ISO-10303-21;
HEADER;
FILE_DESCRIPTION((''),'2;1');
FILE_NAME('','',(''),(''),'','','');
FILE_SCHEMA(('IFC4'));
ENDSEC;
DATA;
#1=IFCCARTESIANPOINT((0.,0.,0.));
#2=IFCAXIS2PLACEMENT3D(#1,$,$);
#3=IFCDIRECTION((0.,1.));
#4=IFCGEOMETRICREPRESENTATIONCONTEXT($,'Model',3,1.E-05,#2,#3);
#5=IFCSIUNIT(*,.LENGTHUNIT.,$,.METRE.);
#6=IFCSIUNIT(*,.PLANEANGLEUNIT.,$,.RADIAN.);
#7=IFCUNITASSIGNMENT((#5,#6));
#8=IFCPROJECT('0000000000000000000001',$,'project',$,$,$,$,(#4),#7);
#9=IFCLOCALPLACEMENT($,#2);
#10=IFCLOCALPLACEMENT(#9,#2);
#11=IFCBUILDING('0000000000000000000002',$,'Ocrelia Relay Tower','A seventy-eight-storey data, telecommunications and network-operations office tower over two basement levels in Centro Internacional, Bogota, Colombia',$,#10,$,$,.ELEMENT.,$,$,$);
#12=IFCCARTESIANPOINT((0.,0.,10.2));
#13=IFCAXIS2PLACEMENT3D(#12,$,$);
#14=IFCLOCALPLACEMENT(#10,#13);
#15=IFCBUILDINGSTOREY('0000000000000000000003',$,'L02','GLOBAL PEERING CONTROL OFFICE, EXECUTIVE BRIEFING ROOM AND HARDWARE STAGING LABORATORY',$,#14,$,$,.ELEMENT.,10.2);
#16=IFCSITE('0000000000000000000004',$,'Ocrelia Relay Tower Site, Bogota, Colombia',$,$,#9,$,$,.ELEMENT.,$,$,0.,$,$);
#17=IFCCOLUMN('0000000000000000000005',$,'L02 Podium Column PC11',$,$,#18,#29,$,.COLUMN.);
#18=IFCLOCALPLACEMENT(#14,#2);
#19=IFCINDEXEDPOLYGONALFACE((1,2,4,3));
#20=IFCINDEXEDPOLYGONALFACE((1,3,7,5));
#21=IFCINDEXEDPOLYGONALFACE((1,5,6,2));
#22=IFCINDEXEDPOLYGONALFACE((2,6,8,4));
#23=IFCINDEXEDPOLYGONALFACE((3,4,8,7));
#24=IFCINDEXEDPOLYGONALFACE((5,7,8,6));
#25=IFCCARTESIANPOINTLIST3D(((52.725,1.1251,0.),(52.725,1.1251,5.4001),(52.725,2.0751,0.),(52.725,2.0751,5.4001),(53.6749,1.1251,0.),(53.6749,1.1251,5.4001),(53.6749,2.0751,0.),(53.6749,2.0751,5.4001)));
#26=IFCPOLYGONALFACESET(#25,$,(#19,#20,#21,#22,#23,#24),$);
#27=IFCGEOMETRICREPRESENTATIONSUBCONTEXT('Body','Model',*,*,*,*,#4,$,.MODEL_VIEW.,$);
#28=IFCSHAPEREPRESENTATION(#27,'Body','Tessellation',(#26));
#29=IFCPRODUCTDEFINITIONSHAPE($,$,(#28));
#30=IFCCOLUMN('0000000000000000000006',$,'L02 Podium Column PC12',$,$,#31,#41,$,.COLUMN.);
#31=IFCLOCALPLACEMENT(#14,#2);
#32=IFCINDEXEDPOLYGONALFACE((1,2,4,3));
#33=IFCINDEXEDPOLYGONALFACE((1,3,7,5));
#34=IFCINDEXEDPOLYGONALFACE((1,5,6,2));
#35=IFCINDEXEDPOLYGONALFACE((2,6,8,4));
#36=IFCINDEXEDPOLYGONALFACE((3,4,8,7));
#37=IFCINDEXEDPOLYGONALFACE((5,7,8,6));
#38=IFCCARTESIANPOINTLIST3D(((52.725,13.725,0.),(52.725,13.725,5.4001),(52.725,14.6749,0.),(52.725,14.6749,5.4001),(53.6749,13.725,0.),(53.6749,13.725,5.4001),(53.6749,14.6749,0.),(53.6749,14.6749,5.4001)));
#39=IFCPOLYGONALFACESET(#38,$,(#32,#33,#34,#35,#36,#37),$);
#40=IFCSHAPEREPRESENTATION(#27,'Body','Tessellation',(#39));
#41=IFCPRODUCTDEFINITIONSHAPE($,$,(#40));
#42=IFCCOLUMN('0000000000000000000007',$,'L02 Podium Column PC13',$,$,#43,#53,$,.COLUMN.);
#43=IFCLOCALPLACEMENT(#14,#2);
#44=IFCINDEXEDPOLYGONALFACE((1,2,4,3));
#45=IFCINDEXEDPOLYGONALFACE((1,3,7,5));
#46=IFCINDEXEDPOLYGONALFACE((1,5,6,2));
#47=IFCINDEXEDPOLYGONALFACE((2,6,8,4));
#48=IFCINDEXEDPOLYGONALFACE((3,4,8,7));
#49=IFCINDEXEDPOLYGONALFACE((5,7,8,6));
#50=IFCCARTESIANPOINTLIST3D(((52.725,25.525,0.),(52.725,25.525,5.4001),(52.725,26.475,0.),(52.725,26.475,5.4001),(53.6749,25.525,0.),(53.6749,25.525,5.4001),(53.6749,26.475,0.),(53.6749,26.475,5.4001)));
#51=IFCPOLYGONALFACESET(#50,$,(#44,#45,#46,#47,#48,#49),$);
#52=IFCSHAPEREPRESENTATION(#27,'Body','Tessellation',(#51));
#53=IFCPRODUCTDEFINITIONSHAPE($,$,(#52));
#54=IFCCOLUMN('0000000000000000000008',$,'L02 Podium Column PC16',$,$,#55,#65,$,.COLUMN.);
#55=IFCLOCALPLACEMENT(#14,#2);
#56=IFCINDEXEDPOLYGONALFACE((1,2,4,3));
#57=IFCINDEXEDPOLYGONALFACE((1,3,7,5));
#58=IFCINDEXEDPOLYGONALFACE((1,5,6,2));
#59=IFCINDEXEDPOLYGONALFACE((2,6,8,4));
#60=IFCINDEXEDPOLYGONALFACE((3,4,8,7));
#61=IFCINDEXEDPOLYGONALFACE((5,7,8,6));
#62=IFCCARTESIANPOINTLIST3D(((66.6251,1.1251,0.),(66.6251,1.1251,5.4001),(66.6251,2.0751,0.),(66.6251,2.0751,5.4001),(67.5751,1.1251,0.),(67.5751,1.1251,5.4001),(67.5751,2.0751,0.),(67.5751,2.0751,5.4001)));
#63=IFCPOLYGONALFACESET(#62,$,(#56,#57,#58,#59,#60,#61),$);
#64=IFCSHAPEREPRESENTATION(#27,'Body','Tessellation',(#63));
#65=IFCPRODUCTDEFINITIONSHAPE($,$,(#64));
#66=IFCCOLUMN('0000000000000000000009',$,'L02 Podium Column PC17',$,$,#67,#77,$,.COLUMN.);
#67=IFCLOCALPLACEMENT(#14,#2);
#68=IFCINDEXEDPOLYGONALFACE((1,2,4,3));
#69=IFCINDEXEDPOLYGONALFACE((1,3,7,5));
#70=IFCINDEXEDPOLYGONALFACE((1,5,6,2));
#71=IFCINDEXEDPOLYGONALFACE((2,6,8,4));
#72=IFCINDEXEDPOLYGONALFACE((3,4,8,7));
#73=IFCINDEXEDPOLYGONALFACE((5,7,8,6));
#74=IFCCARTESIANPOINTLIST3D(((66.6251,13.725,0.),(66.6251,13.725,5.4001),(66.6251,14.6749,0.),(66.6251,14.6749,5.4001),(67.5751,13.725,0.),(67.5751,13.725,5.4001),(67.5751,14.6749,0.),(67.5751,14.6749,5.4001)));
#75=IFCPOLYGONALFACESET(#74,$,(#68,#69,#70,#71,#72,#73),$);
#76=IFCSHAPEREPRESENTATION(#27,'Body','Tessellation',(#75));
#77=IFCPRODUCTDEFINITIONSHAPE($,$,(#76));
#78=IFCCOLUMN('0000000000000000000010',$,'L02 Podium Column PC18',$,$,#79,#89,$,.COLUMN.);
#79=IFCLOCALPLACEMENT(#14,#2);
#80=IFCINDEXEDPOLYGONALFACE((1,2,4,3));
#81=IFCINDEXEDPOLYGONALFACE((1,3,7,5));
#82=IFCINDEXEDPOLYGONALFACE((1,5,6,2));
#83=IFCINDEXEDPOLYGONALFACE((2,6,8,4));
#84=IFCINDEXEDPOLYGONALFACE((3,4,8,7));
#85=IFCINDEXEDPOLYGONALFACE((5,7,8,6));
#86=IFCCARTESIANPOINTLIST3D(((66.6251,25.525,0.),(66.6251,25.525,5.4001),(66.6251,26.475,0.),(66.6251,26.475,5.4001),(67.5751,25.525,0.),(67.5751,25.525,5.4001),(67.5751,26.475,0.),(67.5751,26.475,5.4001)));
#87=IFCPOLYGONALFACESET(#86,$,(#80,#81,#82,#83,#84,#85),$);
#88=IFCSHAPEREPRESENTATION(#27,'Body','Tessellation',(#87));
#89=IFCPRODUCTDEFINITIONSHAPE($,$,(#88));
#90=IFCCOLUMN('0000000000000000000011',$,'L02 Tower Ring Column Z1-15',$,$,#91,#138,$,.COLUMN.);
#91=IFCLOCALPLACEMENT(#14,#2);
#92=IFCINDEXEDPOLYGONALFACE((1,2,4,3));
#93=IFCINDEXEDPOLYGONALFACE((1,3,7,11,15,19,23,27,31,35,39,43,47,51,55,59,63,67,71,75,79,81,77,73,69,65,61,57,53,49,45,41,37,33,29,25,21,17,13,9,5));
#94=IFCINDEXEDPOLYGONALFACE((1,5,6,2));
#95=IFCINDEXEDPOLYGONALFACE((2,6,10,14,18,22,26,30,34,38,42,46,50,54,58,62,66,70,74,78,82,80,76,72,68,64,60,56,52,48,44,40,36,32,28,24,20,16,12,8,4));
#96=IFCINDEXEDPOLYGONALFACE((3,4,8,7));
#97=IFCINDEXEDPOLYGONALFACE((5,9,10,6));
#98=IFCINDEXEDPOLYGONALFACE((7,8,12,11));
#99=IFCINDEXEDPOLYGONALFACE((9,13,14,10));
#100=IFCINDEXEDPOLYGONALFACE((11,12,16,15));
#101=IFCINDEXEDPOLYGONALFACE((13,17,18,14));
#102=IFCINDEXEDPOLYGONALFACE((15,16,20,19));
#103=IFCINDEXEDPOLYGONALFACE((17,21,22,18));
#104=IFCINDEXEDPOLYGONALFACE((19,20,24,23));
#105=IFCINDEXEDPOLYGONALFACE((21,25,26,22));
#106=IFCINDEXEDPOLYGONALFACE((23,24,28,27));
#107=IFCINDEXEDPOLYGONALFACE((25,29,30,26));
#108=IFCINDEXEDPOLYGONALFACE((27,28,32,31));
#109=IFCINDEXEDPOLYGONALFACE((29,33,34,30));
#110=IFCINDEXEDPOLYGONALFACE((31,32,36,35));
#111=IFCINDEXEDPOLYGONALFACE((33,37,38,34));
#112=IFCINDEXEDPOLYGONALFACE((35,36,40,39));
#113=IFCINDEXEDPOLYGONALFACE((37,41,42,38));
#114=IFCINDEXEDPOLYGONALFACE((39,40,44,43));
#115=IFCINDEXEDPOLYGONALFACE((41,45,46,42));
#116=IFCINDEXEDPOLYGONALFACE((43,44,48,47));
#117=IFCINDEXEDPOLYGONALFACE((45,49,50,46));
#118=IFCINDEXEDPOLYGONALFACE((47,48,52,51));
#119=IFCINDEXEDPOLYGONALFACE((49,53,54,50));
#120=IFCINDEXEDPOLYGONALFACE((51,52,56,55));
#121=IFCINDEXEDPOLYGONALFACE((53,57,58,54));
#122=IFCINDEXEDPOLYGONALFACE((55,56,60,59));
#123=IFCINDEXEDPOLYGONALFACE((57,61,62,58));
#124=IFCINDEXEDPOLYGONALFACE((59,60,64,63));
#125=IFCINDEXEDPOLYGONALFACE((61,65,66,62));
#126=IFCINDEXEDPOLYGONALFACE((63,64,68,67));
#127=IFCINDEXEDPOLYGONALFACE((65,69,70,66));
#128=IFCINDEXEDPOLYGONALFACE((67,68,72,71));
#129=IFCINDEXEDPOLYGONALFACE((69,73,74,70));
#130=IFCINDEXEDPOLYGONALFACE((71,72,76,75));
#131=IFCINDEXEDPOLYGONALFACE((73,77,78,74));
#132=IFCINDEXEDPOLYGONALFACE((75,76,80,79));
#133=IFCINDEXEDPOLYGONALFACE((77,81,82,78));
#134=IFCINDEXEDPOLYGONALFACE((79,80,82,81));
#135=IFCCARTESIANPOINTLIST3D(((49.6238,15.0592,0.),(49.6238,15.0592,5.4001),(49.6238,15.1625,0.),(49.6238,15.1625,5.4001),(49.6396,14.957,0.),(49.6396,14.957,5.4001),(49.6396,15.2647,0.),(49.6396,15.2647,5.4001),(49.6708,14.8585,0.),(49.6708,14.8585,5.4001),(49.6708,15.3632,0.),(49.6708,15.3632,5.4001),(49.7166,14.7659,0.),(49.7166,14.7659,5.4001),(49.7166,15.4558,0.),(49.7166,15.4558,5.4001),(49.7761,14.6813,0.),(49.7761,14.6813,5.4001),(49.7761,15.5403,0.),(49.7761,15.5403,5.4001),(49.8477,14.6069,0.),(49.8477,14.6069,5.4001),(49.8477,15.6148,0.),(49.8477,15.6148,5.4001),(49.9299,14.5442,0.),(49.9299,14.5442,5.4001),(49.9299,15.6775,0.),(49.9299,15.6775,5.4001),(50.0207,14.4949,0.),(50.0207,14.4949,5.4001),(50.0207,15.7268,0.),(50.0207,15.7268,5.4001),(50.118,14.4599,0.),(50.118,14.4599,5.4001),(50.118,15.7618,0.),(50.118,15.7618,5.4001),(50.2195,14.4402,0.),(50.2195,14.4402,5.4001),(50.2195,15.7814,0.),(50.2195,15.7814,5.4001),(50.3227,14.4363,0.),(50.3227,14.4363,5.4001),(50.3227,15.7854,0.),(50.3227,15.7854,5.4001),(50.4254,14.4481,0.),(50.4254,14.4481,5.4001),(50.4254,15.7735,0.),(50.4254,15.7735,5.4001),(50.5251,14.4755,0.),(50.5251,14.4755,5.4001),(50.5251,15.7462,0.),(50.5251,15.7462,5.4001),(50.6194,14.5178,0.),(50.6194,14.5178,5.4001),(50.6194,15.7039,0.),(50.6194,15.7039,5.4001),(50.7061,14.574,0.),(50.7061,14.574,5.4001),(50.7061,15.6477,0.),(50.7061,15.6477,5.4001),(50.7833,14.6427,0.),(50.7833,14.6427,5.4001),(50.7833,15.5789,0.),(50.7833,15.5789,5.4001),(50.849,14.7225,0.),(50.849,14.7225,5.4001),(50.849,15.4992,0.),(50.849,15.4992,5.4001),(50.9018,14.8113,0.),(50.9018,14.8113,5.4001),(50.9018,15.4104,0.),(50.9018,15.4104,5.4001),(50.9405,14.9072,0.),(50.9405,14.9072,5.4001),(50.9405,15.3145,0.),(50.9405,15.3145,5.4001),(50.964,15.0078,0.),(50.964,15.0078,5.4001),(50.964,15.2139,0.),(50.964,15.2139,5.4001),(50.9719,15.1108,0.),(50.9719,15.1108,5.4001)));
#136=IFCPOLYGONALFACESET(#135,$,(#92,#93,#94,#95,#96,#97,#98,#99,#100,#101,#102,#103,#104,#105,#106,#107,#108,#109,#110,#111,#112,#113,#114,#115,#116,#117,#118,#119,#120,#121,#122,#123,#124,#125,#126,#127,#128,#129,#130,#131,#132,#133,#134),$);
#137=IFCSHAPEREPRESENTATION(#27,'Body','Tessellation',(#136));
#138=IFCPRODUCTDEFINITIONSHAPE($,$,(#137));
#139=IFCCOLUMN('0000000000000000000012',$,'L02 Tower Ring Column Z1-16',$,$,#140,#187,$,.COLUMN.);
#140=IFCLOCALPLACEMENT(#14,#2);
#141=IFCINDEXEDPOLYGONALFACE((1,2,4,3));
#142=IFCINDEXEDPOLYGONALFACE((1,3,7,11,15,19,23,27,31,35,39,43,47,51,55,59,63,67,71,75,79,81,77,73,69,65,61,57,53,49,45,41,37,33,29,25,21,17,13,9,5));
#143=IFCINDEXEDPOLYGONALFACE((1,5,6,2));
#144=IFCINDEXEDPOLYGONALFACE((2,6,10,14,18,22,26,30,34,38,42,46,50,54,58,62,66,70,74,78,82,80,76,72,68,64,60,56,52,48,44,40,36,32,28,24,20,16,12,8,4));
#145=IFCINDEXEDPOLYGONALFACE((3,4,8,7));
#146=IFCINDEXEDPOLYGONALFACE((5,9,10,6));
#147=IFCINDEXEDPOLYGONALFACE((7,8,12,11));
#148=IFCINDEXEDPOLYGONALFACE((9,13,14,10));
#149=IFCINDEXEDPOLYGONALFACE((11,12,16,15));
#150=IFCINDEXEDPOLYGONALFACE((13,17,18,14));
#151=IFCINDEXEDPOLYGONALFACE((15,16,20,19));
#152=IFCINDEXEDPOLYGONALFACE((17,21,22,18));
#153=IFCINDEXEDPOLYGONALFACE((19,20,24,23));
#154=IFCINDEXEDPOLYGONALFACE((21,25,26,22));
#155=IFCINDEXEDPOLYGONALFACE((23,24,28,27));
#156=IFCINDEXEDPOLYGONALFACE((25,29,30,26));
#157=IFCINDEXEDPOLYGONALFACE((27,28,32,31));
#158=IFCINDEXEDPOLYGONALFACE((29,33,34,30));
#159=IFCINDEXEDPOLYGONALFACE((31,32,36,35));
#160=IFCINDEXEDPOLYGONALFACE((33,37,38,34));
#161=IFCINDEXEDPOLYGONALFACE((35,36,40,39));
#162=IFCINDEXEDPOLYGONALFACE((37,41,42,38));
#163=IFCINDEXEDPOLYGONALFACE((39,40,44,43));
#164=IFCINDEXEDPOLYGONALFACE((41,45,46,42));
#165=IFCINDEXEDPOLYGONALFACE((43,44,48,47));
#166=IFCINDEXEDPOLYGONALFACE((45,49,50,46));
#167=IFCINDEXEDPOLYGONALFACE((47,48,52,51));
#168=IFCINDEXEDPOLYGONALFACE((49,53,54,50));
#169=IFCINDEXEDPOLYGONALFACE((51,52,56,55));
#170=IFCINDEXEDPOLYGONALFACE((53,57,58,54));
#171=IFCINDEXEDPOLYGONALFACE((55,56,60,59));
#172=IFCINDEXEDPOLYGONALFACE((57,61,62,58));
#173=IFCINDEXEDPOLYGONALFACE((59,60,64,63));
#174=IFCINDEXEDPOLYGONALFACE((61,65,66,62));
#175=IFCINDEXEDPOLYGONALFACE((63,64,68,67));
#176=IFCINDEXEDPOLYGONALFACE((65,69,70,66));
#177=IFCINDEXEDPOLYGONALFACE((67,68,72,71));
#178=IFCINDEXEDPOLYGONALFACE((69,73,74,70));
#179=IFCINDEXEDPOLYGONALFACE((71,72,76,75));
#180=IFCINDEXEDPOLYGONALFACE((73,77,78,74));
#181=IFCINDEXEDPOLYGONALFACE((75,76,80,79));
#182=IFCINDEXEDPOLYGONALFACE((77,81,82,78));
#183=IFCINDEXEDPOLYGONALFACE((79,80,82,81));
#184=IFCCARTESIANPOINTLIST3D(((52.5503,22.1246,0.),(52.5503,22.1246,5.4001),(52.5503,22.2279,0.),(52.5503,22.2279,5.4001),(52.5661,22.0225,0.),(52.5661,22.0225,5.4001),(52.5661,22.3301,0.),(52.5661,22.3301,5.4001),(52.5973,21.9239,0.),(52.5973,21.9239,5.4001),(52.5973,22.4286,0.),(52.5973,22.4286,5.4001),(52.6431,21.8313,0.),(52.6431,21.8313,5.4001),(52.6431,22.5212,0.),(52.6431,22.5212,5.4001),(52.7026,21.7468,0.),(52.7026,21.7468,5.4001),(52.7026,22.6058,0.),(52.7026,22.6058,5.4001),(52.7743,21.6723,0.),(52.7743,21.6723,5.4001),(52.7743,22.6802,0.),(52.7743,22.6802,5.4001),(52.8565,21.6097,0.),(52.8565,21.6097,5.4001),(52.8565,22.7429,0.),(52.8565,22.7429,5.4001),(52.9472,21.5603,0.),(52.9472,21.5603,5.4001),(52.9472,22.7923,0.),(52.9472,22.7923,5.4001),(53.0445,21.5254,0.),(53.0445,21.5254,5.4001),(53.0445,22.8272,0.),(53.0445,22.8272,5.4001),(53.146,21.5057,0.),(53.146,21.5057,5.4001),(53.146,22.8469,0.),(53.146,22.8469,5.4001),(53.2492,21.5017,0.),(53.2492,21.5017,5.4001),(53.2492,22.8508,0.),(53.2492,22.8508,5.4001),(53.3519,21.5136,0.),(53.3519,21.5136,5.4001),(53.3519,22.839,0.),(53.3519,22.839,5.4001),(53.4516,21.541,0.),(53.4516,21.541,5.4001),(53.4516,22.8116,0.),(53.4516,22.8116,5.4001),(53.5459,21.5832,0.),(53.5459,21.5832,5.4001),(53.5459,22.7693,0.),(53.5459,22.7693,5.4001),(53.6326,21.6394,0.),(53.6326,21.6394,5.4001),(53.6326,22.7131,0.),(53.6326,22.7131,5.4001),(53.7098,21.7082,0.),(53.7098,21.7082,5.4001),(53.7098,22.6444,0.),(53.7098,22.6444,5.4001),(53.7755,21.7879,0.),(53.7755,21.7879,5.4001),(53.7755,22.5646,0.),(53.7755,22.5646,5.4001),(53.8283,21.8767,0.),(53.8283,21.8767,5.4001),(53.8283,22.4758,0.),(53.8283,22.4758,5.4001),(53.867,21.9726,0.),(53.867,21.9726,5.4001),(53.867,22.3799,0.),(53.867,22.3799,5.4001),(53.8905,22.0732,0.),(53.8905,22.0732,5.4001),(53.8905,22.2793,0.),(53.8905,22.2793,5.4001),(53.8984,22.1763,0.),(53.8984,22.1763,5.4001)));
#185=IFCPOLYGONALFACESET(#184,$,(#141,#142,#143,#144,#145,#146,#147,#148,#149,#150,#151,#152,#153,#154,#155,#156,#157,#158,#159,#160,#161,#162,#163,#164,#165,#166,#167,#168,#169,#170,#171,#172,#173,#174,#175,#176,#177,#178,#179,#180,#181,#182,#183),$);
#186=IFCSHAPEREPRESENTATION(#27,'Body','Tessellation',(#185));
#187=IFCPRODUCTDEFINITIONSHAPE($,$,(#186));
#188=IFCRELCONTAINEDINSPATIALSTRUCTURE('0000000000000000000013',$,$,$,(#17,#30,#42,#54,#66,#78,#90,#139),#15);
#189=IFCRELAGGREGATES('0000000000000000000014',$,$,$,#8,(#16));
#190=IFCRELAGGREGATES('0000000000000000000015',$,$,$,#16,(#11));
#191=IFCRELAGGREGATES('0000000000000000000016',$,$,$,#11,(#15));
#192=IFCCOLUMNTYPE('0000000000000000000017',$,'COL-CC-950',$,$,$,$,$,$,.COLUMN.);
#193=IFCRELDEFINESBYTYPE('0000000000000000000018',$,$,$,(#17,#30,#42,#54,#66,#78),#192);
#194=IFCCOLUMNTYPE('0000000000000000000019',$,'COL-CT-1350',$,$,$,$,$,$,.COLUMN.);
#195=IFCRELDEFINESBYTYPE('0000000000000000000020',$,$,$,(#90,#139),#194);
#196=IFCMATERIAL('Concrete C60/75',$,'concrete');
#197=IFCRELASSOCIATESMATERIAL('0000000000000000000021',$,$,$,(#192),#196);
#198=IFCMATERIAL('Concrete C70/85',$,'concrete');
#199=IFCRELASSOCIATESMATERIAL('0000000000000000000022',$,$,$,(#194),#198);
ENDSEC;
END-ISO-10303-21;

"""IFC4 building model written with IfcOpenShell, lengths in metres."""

from ifc_helpers import new_model, si_unit, direction, frame, origin, origin_2d, place, context, subcontext, project, spatial, rectangle, circle, extrude, material, material_profile, profile_set, type_object, element, save


model = new_model("IFC4")

# Units and contexts
model_context = context("Model", 3, precision=1e-05, world=origin(), true_north=direction((0.0, 1.0)))
body_context = subcontext(model_context, "Body", "Model", "MODEL_VIEW")
ifc_project = project(units=[si_unit("LENGTHUNIT", "METRE"), si_unit("PLANEANGLEUNIT", "RADIAN")], contexts=[model_context])

# Site, building, storey
site_placement = place(None, origin())
site = spatial("IfcSite", under=ifc_project, at=site_placement, Name="Ocrelia Relay Tower Site, Bogota, Colombia", CompositionType="ELEMENT", RefElevation=0.0)
building_placement = place(site_placement, origin())
building = spatial("IfcBuilding", under=site, at=building_placement, Name="Ocrelia Relay Tower", Description="A seventy-eight-storey data, telecommunications and network-operations office tower over two basement levels in Centro Internacional, Bogota, Colombia", CompositionType="ELEMENT")
storey_placement = place(building_placement, frame((0.0, 0.0, 10.2)))
storey = spatial("IfcBuildingStorey", under=building, at=storey_placement, Name="L02", Description="GLOBAL PEERING CONTROL OFFICE, EXECUTIVE BRIEFING ROOM AND HARDWARE STAGING LABORATORY", CompositionType="ELEMENT", Elevation=10.2)

# Columns
ifc_material_1 = material(Name="Concrete C60/75", Category="concrete")
ifc_material_profile_1 = material_profile(ifc_material_1, rectangle(XDim=0.95, YDim=0.95, at=origin_2d()), Name="RC-COL-950x950")
ifc_profile_set_1 = profile_set([ifc_material_profile_1], Name="Concrete C60/75")
column_type_1 = type_object("IfcColumnType", Name="COL-CC-950", PredefinedType="COLUMN", material=ifc_profile_set_1)
for number, where, z_axis, x_axis, name in (
    (1, (53.2, 1.6001, 0.0), (0.0, 0.0, 1.0), (1.0, 0.0, 0.0), "L02 Podium Column PC11"),
    (2, (53.2, 14.2, 0.0), (0.0, 0.0, 1.0), (1.0, 0.0, 0.0), "L02 Podium Column PC12"),
    (3, (53.2, 26.0, 0.0), (0.0, 0.0, 1.0), (1.0, 0.0, 0.0), "L02 Podium Column PC13"),
    (4, (67.1001, 1.6001, 0.0), (0.0, 0.0, 1.0), (1.0, 0.0, 0.0), "L02 Podium Column PC16"),
    (5, (67.1001, 14.2, 0.0), (0.0, 0.0, 1.0), (1.0, 0.0, 0.0), "L02 Podium Column PC17"),
    (6, (67.1001, 26.0, 0.0), (0.0, 0.0, 1.0), (1.0, 0.0, 0.0), "L02 Podium Column PC18"),
):
    element("IfcColumn", number, at=place(storey_placement, frame(where, z_axis=z_axis, x_axis=x_axis)), inside=storey, type_object=column_type_1, Name=name, PredefinedType="COLUMN", context=body_context, shape_type="SweptSolid", body=[
        extrude(rectangle(XDim=0.95, YDim=0.95, at=origin_2d()), origin(), (0.0, 0.0, 1.0), 5.4001),
    ])
ifc_material_2 = material(Name="Concrete C70/85", Category="concrete")
ifc_material_profile_2 = material_profile(ifc_material_2, circle(Radius=0.675, at=origin_2d()), Name="RC-CIR-1350")
ifc_profile_set_2 = profile_set([ifc_material_profile_2], Name="Concrete C70/85")
column_type_2 = type_object("IfcColumnType", Name="COL-CT-1350", PredefinedType="COLUMN", material=ifc_profile_set_2)
for number, where, z_axis, x_axis, name in (
    (7, (50.2969, 15.1108, 0.0), (0.0, 0.0, 1.0), (1.0, 0.0, 0.0), "L02 Tower Ring Column Z1-15"),
    (8, (53.2234, 22.1763, 0.0), (0.0, 0.0, 1.0), (1.0, 0.0, 0.0), "L02 Tower Ring Column Z1-16"),
):
    element("IfcColumn", number, at=place(storey_placement, frame(where, z_axis=z_axis, x_axis=x_axis)), inside=storey, type_object=column_type_2, Name=name, PredefinedType="COLUMN", context=body_context, shape_type="SweptSolid", body=[
        extrude(circle(Radius=0.675, at=origin_2d()), origin(), (0.0, 0.0, 1.0), 5.4001),
    ])

save(model, "model.ifc")
